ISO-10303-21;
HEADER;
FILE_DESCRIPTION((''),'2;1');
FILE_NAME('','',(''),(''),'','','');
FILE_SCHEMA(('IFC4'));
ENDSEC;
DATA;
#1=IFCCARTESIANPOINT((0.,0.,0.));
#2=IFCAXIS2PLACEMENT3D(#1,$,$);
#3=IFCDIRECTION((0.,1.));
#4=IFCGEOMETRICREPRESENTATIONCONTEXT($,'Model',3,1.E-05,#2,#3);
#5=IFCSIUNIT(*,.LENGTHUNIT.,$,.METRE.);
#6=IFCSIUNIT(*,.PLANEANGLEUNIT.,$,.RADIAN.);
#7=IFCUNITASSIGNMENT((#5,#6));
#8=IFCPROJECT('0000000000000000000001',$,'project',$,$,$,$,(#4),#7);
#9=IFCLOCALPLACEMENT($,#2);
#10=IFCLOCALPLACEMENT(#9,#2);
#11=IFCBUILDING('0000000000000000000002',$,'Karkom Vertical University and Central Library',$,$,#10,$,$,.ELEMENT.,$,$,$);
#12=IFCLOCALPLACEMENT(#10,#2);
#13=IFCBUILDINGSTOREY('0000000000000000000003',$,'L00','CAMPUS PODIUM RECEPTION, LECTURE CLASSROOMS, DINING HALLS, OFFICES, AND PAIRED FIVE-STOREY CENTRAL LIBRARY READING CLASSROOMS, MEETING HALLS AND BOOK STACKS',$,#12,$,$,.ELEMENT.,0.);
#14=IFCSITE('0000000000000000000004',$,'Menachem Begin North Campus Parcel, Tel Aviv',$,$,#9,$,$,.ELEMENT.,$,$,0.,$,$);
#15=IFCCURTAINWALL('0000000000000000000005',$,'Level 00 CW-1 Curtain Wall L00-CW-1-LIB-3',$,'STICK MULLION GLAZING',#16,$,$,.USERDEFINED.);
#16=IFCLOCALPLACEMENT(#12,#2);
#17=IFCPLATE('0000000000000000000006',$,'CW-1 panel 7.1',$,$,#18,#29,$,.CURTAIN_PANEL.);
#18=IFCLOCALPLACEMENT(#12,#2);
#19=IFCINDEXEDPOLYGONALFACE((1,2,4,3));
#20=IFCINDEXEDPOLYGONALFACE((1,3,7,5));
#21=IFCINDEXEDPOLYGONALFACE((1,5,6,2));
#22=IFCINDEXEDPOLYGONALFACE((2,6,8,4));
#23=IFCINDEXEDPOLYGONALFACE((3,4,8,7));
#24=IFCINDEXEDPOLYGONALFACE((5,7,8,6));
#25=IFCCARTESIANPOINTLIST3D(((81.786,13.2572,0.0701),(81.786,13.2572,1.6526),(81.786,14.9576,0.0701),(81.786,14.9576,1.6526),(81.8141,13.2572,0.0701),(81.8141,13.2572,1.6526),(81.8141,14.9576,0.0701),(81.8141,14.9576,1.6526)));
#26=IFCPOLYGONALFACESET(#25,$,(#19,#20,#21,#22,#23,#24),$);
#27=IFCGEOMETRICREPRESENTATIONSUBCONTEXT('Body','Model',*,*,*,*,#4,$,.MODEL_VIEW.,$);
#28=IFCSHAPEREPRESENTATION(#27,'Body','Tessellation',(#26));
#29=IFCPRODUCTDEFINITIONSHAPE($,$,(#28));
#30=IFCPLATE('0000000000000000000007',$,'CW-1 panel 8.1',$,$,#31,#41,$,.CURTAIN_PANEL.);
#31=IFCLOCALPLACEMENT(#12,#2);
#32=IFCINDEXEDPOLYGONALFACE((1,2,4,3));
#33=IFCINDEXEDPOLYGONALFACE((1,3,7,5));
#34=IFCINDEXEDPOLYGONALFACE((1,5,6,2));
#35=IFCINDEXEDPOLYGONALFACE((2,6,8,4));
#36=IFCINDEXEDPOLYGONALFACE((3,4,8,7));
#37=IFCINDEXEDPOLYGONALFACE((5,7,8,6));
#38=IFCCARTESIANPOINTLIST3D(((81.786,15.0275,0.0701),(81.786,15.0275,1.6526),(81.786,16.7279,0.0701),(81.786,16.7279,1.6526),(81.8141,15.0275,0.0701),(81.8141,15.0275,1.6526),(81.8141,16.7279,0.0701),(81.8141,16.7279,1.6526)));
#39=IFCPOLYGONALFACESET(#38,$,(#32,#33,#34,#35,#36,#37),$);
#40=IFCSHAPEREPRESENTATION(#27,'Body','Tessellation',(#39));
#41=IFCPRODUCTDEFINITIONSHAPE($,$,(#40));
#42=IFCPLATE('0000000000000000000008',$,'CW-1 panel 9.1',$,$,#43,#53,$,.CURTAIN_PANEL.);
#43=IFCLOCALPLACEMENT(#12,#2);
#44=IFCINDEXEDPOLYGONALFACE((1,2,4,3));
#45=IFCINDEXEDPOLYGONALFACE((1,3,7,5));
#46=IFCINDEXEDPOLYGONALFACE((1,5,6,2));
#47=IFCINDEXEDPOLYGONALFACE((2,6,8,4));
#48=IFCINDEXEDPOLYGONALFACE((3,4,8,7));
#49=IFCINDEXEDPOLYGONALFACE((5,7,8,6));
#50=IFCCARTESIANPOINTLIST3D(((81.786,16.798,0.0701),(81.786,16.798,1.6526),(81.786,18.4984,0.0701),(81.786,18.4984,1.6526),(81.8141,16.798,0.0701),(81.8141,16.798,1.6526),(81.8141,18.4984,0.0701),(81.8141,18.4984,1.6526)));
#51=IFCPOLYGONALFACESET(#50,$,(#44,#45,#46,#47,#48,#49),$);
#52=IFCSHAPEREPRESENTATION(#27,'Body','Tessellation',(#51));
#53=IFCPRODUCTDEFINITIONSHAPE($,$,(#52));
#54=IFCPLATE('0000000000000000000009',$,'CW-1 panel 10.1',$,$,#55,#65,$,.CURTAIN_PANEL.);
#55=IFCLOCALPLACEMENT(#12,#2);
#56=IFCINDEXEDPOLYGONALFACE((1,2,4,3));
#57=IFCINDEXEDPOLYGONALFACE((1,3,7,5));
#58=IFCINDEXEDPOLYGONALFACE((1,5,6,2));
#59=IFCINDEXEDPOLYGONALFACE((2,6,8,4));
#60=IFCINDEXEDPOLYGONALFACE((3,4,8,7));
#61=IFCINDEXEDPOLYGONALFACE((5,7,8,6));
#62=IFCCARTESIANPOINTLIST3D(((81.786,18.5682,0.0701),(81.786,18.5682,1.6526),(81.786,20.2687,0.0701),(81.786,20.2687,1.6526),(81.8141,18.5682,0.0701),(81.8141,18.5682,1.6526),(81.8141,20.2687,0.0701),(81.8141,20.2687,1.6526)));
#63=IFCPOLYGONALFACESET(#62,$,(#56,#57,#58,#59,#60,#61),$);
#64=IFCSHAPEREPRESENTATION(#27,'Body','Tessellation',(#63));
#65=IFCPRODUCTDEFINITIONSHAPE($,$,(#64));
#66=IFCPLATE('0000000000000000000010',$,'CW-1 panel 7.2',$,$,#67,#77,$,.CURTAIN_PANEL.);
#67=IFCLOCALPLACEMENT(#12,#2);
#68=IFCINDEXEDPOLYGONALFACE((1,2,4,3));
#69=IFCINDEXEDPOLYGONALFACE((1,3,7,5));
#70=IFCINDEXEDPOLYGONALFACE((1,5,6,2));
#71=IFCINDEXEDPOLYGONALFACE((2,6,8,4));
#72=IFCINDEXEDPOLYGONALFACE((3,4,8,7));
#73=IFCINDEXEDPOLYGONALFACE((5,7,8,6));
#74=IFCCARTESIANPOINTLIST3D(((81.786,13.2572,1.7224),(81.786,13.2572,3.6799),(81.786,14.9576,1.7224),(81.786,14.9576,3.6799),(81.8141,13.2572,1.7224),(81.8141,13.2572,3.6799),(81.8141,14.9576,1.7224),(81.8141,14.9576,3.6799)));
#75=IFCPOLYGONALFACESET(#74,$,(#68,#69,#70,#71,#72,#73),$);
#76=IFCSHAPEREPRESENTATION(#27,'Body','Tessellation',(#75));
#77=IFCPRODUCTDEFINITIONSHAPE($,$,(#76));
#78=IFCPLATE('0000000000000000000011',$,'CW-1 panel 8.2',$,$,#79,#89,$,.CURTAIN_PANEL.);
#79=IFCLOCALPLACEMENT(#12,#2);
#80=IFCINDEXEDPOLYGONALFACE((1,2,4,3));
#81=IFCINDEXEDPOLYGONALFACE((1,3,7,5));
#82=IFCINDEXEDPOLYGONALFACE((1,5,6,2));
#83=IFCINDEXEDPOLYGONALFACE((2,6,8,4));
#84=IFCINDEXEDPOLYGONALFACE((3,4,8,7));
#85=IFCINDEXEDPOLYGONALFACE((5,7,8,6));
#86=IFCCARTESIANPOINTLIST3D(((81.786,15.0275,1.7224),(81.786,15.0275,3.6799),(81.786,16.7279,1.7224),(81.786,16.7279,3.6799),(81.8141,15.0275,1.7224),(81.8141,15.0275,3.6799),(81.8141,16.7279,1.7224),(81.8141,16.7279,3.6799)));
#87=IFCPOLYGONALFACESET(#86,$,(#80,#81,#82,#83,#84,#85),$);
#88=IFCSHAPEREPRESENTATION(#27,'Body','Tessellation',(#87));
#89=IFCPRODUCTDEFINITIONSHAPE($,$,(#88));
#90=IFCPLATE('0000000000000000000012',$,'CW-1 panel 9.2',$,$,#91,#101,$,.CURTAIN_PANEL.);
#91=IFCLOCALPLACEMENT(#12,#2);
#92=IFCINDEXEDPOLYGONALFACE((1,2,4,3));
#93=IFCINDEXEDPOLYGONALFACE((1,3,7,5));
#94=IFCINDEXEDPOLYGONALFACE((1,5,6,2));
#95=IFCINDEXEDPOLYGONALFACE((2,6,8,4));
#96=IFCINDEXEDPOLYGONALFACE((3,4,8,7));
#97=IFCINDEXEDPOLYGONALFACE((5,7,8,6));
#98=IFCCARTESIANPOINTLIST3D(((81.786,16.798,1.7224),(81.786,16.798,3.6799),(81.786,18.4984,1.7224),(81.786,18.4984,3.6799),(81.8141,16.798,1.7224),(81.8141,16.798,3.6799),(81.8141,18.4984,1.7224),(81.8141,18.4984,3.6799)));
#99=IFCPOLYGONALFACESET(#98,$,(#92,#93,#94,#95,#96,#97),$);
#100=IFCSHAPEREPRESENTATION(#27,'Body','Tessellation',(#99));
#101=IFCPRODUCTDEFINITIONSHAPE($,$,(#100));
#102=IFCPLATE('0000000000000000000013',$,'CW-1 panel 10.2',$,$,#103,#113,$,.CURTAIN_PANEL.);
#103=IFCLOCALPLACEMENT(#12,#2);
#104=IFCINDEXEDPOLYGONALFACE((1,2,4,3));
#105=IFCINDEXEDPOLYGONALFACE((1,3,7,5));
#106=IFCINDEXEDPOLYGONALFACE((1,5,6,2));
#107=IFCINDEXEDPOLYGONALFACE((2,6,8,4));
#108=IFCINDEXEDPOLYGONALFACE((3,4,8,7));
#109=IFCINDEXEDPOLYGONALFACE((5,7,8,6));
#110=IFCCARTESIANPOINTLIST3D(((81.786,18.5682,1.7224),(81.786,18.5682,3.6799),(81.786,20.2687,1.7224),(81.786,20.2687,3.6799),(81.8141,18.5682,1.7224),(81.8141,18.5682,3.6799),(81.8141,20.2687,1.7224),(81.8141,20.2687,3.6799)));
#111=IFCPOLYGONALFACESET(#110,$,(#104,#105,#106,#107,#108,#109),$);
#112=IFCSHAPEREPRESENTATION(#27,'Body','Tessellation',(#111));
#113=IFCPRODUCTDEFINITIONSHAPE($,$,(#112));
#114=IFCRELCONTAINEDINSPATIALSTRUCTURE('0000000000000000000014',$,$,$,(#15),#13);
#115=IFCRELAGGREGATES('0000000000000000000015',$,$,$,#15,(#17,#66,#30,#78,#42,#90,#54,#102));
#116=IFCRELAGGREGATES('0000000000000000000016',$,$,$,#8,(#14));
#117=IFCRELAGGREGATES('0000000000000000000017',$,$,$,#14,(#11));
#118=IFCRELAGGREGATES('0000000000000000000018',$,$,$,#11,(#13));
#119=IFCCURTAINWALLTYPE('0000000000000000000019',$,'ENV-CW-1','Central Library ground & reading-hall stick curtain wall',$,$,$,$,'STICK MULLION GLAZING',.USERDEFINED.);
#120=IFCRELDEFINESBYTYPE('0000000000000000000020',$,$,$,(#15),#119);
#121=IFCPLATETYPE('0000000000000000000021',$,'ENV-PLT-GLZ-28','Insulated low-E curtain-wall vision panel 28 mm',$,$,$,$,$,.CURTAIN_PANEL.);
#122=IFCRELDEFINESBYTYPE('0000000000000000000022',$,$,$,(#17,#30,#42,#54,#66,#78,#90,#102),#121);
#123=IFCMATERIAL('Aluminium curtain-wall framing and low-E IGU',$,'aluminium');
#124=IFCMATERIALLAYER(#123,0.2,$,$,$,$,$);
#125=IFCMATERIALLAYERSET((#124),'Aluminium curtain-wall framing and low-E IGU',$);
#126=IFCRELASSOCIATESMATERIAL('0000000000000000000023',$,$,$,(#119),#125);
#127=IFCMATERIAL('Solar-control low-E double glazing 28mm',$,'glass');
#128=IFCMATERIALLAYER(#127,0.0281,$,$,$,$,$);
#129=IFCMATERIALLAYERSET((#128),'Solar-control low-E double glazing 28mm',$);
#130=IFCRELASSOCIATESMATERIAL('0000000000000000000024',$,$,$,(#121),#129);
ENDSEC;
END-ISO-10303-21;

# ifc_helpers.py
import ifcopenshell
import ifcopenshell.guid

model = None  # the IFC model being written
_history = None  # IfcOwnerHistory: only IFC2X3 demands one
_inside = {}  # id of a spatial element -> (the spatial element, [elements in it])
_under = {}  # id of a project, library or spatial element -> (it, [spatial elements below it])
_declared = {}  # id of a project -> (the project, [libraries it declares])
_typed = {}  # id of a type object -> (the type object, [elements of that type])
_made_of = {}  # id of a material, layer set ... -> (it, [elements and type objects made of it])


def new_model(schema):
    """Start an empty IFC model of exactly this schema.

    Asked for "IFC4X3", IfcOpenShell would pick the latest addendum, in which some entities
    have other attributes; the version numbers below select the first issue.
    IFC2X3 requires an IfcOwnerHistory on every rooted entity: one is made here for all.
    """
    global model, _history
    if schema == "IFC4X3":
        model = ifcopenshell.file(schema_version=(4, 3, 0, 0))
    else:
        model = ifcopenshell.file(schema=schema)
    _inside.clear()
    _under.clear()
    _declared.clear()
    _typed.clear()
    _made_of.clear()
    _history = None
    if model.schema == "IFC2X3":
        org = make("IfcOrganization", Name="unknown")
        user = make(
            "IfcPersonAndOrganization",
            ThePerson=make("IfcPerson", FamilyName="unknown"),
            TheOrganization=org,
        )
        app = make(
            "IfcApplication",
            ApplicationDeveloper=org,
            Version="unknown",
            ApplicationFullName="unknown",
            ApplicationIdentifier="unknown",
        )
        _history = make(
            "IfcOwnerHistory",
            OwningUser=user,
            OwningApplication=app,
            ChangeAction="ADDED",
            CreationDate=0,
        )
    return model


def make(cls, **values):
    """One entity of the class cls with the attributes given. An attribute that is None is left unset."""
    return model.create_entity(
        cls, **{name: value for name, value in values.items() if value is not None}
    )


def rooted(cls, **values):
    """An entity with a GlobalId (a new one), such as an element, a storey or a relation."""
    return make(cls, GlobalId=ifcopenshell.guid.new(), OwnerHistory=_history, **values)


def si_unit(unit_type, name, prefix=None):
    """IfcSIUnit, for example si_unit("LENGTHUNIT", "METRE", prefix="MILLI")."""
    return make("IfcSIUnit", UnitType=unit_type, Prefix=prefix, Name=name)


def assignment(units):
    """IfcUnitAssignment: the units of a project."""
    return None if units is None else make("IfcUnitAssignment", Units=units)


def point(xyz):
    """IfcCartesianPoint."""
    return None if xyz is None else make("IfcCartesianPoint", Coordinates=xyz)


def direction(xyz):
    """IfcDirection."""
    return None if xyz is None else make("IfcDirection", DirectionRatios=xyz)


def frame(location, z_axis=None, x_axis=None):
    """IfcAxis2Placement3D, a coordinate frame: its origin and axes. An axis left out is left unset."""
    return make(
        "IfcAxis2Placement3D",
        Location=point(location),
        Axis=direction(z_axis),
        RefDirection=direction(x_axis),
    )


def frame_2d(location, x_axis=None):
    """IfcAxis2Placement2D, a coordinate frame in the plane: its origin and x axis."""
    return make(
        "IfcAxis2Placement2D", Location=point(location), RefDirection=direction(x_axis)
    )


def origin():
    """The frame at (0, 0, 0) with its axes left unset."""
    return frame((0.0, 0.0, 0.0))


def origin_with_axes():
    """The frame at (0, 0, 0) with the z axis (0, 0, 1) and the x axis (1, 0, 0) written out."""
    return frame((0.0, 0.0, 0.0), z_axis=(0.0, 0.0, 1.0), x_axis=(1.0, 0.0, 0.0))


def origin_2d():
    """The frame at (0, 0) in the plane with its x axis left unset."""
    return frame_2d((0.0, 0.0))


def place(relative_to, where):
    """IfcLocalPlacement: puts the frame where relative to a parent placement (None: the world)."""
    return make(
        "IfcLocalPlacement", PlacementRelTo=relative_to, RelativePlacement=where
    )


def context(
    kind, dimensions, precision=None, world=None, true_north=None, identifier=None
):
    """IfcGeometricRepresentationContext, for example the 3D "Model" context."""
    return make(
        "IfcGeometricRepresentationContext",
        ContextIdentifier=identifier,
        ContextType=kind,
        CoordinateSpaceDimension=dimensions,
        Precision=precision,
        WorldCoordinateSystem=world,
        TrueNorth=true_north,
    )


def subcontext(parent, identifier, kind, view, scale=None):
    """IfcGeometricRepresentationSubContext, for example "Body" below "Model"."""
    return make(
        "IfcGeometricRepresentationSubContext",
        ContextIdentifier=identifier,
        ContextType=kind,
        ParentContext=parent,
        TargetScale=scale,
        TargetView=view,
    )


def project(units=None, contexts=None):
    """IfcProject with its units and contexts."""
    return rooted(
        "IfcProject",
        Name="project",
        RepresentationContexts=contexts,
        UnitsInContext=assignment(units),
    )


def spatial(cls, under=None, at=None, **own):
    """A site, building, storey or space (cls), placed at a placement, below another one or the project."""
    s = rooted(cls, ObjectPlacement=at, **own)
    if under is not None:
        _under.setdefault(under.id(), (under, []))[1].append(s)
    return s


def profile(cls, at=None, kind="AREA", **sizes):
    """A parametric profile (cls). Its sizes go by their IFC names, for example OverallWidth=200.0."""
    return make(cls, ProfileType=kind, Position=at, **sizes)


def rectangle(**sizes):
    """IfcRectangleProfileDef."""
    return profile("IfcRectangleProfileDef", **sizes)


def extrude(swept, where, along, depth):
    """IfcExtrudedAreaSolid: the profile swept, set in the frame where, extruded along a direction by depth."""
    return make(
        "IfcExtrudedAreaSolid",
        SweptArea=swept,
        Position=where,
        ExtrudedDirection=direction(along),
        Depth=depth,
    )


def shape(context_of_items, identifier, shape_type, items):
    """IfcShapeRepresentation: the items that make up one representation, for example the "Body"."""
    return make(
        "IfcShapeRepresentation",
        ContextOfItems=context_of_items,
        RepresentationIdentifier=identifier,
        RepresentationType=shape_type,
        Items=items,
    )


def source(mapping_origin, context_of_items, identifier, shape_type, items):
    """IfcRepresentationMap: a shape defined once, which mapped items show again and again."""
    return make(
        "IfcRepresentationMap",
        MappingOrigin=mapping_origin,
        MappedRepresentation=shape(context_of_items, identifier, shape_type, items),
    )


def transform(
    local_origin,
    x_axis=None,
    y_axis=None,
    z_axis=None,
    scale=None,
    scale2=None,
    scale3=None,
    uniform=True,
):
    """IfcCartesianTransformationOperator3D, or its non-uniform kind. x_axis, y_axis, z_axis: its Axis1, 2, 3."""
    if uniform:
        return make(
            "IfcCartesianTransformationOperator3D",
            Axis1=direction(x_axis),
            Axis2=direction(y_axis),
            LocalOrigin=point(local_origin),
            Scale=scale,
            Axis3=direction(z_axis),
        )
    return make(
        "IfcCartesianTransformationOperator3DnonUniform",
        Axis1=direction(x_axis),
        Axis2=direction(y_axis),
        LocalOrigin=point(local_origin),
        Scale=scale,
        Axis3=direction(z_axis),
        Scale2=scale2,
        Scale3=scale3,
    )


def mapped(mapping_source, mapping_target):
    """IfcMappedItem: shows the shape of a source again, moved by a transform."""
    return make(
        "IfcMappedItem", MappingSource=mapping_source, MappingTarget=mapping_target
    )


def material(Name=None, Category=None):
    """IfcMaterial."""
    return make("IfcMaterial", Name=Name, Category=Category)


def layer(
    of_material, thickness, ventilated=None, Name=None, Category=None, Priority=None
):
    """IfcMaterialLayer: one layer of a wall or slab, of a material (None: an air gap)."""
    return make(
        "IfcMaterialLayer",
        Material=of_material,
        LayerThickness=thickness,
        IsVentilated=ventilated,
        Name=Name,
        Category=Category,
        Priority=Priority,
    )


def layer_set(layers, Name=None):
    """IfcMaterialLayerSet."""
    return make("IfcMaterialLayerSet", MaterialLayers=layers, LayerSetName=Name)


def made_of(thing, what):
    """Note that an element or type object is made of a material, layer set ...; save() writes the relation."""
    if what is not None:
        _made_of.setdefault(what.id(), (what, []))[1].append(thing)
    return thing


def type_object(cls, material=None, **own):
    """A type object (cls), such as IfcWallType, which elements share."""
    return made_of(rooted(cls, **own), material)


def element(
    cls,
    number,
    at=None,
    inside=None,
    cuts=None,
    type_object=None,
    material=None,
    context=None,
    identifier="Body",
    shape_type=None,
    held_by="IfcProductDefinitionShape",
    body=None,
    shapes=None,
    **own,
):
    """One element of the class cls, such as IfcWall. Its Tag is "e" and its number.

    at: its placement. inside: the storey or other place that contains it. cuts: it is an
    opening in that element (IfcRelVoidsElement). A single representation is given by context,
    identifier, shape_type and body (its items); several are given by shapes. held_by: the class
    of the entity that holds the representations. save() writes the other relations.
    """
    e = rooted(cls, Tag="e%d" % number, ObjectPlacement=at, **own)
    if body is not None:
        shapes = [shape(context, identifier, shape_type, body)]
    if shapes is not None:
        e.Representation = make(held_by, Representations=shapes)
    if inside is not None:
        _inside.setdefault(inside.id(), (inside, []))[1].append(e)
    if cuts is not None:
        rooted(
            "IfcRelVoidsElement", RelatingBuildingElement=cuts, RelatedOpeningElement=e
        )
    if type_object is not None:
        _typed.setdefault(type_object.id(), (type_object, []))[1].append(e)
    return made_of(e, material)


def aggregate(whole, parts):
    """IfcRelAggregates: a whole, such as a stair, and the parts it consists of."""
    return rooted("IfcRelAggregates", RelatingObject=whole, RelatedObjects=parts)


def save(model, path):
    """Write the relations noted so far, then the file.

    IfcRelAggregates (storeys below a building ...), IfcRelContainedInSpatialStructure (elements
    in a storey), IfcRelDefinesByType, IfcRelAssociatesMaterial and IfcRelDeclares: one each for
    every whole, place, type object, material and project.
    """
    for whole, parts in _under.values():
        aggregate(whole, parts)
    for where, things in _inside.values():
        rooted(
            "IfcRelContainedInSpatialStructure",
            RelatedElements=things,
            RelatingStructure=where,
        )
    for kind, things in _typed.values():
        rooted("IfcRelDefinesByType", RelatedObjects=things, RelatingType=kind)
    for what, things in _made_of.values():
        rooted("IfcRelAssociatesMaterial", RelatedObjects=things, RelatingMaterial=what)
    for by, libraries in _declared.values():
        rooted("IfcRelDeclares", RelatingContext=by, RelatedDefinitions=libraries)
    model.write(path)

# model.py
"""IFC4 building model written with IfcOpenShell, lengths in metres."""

from ifc_helpers import new_model, si_unit, direction, frame, origin, origin_with_axes, origin_2d, place, context, subcontext, project, spatial, rectangle, extrude, source, transform, mapped, material, layer, layer_set, type_object, element, aggregate, save


model = new_model("IFC4")

# Units and contexts
model_context = context("Model", 3, precision=1e-05, world=origin(), true_north=direction((0.0, 1.0)))
body_context = subcontext(model_context, "Body", "Model", "MODEL_VIEW")
ifc_project = project(units=[si_unit("LENGTHUNIT", "METRE"), si_unit("PLANEANGLEUNIT", "RADIAN")], contexts=[model_context])

# Site, building, storey
site_placement = place(None, origin())
site = spatial("IfcSite", under=ifc_project, at=site_placement, Name="Menachem Begin North Campus Parcel, Tel Aviv", CompositionType="ELEMENT", RefElevation=0.0)
building_placement = place(site_placement, origin())
building = spatial("IfcBuilding", under=site, at=building_placement, Name="Karkom Vertical University and Central Library", CompositionType="ELEMENT")
storey_placement = place(building_placement, origin())
storey = spatial("IfcBuildingStorey", under=building, at=storey_placement, Name="L00", Description="CAMPUS PODIUM RECEPTION, LECTURE CLASSROOMS, DINING HALLS, OFFICES, AND PAIRED FIVE-STOREY CENTRAL LIBRARY READING CLASSROOMS, MEETING HALLS AND BOOK STACKS", CompositionType="ELEMENT", Elevation=0.0)

# Curtain wall, plates
ifc_material_1 = material(Name="Aluminium curtain-wall framing and low-E IGU", Category="aluminium")
ifc_layer_1 = layer(ifc_material_1, 0.2)
ifc_layer_set_1 = layer_set([ifc_layer_1], Name="Aluminium curtain-wall framing and low-E IGU")
curtain_wall_type = type_object("IfcCurtainWallType", Name="ENV-CW-1", Description="Central Library ground & reading-hall stick curtain wall", ElementType="STICK MULLION GLAZING", PredefinedType="USERDEFINED", material=ifc_layer_set_1)
curtain_wall_placement = place(storey_placement, origin())
curtain_wall = element("IfcCurtainWall", 1, at=curtain_wall_placement, inside=storey, type_object=curtain_wall_type, Name="Level 00 CW-1 Curtain Wall L00-CW-1-LIB-3", ObjectType="STICK MULLION GLAZING", PredefinedType="USERDEFINED")
ifc_material_2 = material(Name="Solar-control low-E double glazing 28mm", Category="glass")
ifc_layer_2 = layer(ifc_material_2, 0.0281)
ifc_layer_set_2 = layer_set([ifc_layer_2], Name="Solar-control low-E double glazing 28mm")
plate_type = type_object("IfcPlateType", Name="ENV-PLT-GLZ-28", Description="Insulated low-E curtain-wall vision panel 28 mm", PredefinedType="CURTAIN_PANEL", material=ifc_layer_set_2)
shared_shape_1 = source(origin_with_axes(), body_context, "Body", "SweptSolid", [
    extrude(rectangle(XDim=1.7004, YDim=0.0281, at=origin_2d()), origin(), (0.0, 0.0, 1.0), 1.5825),
])
plate_1_placement = place(storey_placement, frame((81.8, 14.1074, 0.0701), z_axis=(0.0, 0.0, 1.0), x_axis=(0.0, 1.0, 0.0)))
plate_1 = element("IfcPlate", 2, at=plate_1_placement, type_object=plate_type, Name="CW-1 panel 7.1", PredefinedType="CURTAIN_PANEL", context=body_context, shape_type="MappedRepresentation", body=[
    mapped(shared_shape_1, transform((0.0, 0.0, 0.0), scale=1.0)),
])
plate_2_placement = place(storey_placement, frame((81.8, 15.8777, 0.0701), z_axis=(0.0, 0.0, 1.0), x_axis=(0.0, 1.0, 0.0)))
plate_2 = element("IfcPlate", 3, at=plate_2_placement, type_object=plate_type, Name="CW-1 panel 8.1", PredefinedType="CURTAIN_PANEL", context=body_context, shape_type="MappedRepresentation", body=[
    mapped(shared_shape_1, transform((0.0, 0.0, 0.0), scale=1.0)),
])
plate_3_placement = place(storey_placement, frame((81.8, 17.6482, 0.0701), z_axis=(0.0, 0.0, 1.0), x_axis=(0.0, 1.0, 0.0)))
plate_3 = element("IfcPlate", 4, at=plate_3_placement, type_object=plate_type, Name="CW-1 panel 9.1", PredefinedType="CURTAIN_PANEL", context=body_context, shape_type="MappedRepresentation", body=[
    mapped(shared_shape_1, transform((0.0, 0.0, 0.0), scale=1.0)),
])
plate_4_placement = place(storey_placement, frame((81.8, 19.4185, 0.0701), z_axis=(0.0, 0.0, 1.0), x_axis=(0.0, 1.0, 0.0)))
plate_4 = element("IfcPlate", 5, at=plate_4_placement, type_object=plate_type, Name="CW-1 panel 10.1", PredefinedType="CURTAIN_PANEL", context=body_context, shape_type="MappedRepresentation", body=[
    mapped(shared_shape_1, transform((0.0, 0.0, 0.0), scale=1.0)),
])
shared_shape_2 = source(origin_with_axes(), body_context, "Body", "SweptSolid", [
    extrude(rectangle(XDim=1.7004, YDim=0.0281, at=origin_2d()), origin(), (0.0, 0.0, 1.0), 1.9575),
])
plate_5_placement = place(storey_placement, frame((81.8, 14.1074, 1.7224), z_axis=(0.0, 0.0, 1.0), x_axis=(0.0, 1.0, 0.0)))
plate_5 = element("IfcPlate", 6, at=plate_5_placement, type_object=plate_type, Name="CW-1 panel 7.2", PredefinedType="CURTAIN_PANEL", context=body_context, shape_type="MappedRepresentation", body=[
    mapped(shared_shape_2, transform((0.0, 0.0, 0.0), scale=1.0)),
])
plate_6_placement = place(storey_placement, frame((81.8, 15.8777, 1.7224), z_axis=(0.0, 0.0, 1.0), x_axis=(0.0, 1.0, 0.0)))
plate_6 = element("IfcPlate", 7, at=plate_6_placement, type_object=plate_type, Name="CW-1 panel 8.2", PredefinedType="CURTAIN_PANEL", context=body_context, shape_type="MappedRepresentation", body=[
    mapped(shared_shape_2, transform((0.0, 0.0, 0.0), scale=1.0)),
])
plate_7_placement = place(storey_placement, frame((81.8, 17.6482, 1.7224), z_axis=(0.0, 0.0, 1.0), x_axis=(0.0, 1.0, 0.0)))
plate_7 = element("IfcPlate", 8, at=plate_7_placement, type_object=plate_type, Name="CW-1 panel 9.2", PredefinedType="CURTAIN_PANEL", context=body_context, shape_type="MappedRepresentation", body=[
    mapped(shared_shape_2, transform((0.0, 0.0, 0.0), scale=1.0)),
])
plate_8_placement = place(storey_placement, frame((81.8, 19.4185, 1.7224), z_axis=(0.0, 0.0, 1.0), x_axis=(0.0, 1.0, 0.0)))
plate_8 = element("IfcPlate", 9, at=plate_8_placement, type_object=plate_type, Name="CW-1 panel 10.2", PredefinedType="CURTAIN_PANEL", context=body_context, shape_type="MappedRepresentation", body=[
    mapped(shared_shape_2, transform((0.0, 0.0, 0.0), scale=1.0)),
])
aggregate(curtain_wall, [plate_1, plate_5, plate_2, plate_6, plate_3, plate_7, plate_4, plate_8])

save(model, "model.ifc")
